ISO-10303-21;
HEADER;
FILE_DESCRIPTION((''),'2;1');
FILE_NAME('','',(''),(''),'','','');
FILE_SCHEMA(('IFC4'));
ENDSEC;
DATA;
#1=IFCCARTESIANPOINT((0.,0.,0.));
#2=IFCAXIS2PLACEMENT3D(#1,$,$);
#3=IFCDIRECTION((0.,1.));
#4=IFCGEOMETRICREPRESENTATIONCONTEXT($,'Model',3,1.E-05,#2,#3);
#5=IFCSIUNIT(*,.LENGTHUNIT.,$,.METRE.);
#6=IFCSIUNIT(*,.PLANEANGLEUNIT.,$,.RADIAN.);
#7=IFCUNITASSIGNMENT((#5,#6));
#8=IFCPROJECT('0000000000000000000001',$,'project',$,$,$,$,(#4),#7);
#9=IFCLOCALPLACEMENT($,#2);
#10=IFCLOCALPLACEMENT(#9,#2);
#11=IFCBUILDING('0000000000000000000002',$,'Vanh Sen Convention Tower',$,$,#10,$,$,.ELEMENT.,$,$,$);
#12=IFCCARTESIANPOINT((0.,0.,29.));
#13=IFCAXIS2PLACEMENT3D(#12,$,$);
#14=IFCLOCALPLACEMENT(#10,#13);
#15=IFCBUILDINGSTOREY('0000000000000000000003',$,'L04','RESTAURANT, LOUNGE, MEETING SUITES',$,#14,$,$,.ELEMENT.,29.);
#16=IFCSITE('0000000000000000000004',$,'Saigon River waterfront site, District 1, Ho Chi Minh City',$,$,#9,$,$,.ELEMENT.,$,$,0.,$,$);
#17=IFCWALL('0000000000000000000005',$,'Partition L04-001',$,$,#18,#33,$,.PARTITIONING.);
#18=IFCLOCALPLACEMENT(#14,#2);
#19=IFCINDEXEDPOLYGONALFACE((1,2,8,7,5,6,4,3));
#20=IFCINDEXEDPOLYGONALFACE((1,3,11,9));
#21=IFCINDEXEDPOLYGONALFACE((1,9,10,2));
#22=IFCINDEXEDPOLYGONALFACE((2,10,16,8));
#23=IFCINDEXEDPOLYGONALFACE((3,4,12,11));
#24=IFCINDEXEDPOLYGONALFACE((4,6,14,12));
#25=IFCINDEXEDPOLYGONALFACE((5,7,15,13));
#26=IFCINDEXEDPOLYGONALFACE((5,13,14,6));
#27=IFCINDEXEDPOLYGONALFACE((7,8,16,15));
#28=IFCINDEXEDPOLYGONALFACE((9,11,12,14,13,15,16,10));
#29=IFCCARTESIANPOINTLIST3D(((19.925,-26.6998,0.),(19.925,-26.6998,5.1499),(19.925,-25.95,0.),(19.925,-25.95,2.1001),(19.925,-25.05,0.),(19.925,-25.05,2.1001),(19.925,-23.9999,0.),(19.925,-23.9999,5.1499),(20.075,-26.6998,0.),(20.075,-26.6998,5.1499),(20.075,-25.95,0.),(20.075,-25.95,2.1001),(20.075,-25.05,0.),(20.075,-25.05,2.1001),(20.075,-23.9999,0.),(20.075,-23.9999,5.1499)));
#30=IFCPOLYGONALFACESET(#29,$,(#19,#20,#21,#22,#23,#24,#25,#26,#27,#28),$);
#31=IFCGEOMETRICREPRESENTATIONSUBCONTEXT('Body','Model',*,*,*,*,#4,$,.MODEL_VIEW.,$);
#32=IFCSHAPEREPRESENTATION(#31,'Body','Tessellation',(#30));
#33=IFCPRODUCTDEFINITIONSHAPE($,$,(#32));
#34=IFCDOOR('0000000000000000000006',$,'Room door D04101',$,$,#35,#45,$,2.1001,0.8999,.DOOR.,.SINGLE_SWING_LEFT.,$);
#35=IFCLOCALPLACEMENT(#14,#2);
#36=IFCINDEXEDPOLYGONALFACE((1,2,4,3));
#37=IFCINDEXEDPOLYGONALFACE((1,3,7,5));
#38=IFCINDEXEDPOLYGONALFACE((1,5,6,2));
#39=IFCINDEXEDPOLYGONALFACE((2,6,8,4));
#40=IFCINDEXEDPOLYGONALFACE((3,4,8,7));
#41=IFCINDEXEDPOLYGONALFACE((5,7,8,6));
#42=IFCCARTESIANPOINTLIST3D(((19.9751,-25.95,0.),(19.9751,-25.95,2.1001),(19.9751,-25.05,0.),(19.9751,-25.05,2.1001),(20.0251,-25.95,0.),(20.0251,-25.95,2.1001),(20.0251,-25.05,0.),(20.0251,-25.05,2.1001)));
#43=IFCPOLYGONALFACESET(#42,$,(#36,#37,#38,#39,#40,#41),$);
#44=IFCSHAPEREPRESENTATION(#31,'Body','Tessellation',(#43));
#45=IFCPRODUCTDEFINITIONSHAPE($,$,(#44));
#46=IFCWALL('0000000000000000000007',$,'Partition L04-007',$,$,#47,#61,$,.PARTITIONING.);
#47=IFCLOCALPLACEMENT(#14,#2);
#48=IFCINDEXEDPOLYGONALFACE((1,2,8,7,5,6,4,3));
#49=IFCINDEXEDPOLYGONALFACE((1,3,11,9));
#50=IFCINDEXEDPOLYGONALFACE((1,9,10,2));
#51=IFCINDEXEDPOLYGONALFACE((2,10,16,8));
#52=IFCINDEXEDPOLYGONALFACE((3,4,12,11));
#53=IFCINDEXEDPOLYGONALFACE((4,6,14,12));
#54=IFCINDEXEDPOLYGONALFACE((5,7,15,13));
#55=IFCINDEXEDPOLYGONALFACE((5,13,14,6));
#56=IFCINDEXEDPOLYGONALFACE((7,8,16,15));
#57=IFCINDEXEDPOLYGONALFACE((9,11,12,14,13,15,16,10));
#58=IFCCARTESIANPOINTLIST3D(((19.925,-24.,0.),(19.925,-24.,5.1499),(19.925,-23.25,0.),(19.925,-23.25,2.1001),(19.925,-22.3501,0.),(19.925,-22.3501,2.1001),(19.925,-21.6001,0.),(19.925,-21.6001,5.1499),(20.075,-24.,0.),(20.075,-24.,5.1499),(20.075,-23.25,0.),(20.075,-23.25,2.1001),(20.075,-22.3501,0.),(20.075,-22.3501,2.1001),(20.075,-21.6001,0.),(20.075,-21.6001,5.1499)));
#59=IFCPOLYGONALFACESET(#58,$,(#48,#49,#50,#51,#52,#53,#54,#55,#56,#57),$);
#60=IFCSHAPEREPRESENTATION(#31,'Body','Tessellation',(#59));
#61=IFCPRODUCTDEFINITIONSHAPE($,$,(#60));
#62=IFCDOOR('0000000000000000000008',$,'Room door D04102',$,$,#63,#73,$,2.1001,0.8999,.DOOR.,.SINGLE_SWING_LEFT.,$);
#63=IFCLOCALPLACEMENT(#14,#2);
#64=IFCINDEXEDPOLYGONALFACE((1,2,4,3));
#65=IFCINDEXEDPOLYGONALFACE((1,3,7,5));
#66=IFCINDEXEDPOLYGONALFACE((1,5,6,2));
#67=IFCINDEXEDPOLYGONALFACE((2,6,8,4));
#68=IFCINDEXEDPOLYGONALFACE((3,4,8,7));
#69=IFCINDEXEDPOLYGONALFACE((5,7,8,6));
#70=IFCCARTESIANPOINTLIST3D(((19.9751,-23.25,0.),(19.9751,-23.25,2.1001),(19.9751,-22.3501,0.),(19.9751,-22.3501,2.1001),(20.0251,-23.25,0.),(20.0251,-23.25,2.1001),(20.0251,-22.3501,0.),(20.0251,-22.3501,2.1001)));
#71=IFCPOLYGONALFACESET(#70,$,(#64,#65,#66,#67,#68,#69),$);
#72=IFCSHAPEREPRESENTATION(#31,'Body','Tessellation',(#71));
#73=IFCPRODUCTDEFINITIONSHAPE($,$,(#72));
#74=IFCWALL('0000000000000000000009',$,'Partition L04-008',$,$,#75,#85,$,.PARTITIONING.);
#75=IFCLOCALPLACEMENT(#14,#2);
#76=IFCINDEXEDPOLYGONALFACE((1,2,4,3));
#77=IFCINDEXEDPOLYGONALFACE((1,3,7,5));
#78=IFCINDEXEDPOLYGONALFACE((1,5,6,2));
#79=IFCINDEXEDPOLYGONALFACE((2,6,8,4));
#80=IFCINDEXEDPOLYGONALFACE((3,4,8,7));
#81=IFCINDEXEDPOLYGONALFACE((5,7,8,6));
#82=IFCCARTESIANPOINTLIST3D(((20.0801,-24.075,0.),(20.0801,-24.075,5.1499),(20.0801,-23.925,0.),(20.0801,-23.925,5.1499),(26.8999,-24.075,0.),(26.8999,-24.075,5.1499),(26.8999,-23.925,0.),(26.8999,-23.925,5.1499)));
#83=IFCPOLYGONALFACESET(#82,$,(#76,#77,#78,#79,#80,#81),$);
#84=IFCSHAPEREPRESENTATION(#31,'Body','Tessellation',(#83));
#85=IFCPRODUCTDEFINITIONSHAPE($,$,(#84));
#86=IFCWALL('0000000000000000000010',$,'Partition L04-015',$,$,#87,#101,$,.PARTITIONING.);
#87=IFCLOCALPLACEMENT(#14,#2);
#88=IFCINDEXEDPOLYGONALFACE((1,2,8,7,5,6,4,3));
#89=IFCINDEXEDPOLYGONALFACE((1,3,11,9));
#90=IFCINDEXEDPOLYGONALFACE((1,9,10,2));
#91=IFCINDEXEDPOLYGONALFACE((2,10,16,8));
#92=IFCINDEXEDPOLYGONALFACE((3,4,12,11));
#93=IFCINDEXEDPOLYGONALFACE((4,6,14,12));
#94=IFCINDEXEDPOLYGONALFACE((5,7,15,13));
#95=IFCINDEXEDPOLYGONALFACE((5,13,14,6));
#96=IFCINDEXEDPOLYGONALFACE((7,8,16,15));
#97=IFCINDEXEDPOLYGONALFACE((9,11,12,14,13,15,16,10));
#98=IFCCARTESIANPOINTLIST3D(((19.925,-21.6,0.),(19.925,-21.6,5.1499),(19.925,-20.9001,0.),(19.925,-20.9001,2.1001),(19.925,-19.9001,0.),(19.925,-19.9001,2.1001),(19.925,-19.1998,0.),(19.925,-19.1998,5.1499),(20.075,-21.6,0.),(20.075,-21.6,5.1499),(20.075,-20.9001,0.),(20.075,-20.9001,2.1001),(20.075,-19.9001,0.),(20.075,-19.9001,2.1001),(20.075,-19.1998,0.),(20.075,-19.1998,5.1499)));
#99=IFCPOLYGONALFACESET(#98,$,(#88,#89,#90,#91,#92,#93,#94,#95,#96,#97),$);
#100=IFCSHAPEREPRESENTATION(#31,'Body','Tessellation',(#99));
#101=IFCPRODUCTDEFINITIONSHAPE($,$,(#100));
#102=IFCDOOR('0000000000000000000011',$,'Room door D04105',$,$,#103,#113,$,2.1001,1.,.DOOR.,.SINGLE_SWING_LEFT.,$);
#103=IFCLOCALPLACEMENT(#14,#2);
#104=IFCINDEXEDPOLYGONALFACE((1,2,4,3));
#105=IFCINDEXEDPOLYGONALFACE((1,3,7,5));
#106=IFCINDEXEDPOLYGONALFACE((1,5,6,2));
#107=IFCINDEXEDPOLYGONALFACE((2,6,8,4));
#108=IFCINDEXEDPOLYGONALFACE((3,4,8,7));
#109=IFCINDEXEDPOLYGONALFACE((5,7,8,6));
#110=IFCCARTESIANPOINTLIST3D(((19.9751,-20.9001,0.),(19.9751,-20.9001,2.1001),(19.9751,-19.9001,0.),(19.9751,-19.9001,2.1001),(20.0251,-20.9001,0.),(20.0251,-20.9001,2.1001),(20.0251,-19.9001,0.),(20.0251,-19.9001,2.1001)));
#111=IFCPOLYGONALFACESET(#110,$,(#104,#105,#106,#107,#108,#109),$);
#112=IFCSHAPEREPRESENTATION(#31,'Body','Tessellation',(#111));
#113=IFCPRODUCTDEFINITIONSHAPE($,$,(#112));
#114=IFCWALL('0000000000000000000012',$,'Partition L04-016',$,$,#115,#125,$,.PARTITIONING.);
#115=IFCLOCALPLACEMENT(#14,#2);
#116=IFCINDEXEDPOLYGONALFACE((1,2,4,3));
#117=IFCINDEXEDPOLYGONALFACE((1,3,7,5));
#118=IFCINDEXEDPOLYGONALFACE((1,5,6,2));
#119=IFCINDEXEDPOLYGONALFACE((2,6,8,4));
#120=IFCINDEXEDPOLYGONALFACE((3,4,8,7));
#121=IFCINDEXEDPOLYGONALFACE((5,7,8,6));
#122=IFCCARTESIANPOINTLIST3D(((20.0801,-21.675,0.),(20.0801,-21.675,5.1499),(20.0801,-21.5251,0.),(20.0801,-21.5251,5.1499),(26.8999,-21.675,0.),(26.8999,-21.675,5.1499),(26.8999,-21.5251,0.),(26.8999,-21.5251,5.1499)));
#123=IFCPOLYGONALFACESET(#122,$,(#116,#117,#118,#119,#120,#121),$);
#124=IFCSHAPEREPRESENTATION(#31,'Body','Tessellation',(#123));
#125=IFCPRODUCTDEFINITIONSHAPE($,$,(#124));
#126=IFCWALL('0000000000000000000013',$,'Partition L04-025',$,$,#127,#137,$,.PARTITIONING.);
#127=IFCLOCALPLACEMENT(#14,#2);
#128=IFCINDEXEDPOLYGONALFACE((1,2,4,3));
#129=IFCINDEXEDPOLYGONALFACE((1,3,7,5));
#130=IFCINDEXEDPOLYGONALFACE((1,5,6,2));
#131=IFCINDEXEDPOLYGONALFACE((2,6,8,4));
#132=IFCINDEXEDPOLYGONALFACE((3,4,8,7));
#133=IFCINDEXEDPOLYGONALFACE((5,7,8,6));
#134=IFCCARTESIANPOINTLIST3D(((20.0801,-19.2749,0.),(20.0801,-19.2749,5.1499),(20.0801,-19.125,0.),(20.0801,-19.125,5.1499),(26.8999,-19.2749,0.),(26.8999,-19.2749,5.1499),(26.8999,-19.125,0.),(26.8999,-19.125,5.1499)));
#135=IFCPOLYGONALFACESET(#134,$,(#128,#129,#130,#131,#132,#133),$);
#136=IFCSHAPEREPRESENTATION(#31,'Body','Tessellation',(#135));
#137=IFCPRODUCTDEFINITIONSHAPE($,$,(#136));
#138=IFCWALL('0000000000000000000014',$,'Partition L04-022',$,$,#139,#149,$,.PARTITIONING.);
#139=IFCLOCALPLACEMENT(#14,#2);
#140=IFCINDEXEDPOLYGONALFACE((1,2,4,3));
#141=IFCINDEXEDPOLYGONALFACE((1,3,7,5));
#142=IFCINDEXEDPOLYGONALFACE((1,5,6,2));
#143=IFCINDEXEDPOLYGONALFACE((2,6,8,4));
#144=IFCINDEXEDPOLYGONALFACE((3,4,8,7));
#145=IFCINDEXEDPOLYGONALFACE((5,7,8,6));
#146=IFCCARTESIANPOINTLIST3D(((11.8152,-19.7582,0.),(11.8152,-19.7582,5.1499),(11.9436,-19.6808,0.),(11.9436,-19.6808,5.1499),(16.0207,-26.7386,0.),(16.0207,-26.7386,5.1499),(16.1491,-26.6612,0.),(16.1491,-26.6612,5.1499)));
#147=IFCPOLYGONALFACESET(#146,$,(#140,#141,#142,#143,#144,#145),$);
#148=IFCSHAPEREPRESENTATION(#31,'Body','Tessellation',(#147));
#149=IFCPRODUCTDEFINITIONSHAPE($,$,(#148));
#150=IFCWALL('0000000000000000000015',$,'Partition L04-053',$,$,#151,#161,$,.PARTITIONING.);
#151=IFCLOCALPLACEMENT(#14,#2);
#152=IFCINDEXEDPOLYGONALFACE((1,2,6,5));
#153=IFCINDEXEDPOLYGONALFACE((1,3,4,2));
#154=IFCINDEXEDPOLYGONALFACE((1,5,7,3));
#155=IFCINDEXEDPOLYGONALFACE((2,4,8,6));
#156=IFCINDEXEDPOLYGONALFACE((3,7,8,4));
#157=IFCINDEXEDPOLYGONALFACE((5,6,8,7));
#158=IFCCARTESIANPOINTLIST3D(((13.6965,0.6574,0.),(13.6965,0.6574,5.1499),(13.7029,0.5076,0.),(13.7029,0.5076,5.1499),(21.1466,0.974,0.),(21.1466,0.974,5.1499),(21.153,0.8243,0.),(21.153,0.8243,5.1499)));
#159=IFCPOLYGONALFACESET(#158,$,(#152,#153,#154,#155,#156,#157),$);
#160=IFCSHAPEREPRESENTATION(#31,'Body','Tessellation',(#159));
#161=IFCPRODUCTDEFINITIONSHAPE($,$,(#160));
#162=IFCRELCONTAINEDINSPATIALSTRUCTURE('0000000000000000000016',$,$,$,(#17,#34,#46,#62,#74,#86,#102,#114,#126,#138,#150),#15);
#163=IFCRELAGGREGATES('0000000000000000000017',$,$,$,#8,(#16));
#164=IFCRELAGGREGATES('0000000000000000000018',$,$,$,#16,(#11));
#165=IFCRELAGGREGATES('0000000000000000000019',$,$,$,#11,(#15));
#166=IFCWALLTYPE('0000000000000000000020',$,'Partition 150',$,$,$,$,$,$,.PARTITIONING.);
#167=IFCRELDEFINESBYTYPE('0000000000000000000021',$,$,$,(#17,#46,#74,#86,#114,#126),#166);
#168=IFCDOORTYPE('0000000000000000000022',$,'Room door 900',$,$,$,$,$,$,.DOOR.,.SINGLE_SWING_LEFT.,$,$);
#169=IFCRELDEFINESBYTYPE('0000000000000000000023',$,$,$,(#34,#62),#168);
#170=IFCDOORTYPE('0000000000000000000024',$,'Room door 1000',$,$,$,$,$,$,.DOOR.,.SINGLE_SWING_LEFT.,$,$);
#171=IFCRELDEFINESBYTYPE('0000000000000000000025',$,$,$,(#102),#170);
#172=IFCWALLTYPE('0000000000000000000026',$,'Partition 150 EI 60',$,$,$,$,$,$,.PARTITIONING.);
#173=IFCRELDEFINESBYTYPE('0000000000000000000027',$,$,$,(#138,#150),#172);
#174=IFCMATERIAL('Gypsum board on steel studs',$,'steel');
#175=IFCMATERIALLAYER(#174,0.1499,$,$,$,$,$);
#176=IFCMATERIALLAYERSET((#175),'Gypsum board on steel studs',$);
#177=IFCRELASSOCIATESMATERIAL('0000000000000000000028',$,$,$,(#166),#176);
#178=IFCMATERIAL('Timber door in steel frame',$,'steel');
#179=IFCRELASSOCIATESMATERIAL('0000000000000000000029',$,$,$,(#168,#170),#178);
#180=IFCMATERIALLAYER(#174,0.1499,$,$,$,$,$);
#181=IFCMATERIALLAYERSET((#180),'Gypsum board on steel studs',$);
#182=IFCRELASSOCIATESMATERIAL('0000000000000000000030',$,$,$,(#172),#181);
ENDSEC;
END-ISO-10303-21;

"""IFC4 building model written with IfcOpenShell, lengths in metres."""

from ifc_helpers import new_model, si_unit, direction, frame, frame_2d, origin, place, context, subcontext, project, spatial, rectangle, extrude, material, layer, layer_set, type_object, element, fill, save


model = new_model("IFC4")

# Units and contexts
model_context = context("Model", 3, precision=1e-05, world=origin(), true_north=direction((0.0, 1.0)))
body_context = subcontext(model_context, "Body", "Model", "MODEL_VIEW")
ifc_project = project(units=[si_unit("LENGTHUNIT", "METRE"), si_unit("PLANEANGLEUNIT", "RADIAN")], contexts=[model_context])

# Site, building, storey
site_placement = place(None, origin())
site = spatial("IfcSite", under=ifc_project, at=site_placement, Name="Saigon River waterfront site, District 1, Ho Chi Minh City", CompositionType="ELEMENT", RefElevation=0.0)
building_placement = place(site_placement, origin())
building = spatial("IfcBuilding", under=site, at=building_placement, Name="Vanh Sen Convention Tower", CompositionType="ELEMENT")
storey_placement = place(building_placement, frame((0.0, 0.0, 29.0)))
storey = spatial("IfcBuildingStorey", under=building, at=storey_placement, Name="L04", Description="RESTAURANT, LOUNGE, MEETING SUITES", CompositionType="ELEMENT", Elevation=29.0)

# Walls, openings, doors
ifc_material_1 = material(Name="Gypsum board on steel studs", Category="steel")
ifc_layer_1 = layer(ifc_material_1, 0.1499)
ifc_layer_set_1 = layer_set([ifc_layer_1], Name="Gypsum board on steel studs")
wall_type_1 = type_object("IfcWallType", Name="Partition 150", PredefinedType="PARTITIONING", material=ifc_layer_set_1)
wall_1_placement = place(storey_placement, frame((20.0, -26.7, 0.0), z_axis=(0.0, 0.0, 1.0), x_axis=(0.0, 1.0, 0.0)))
wall_1 = element("IfcWall", 1, at=wall_1_placement, inside=storey, type_object=wall_type_1, Name="Partition L04-001", PredefinedType="PARTITIONING", context=body_context, shape_type="SweptSolid", body=[
    extrude(rectangle(XDim=2.7, YDim=0.1499, at=frame_2d((1.3501, 0.0))), origin(), (0.0, 0.0, 1.0), 5.1499),
])
opening_1_placement = place(wall_1_placement, frame((0.75, 0.0, 0.0)))
opening_1 = element("IfcOpeningElement", 2, at=opening_1_placement, cuts=wall_1, PredefinedType="OPENING", context=body_context, shape_type="SweptSolid", body=[
    extrude(rectangle(XDim=0.8999, YDim=2.1001, at=frame_2d((0.45, 1.05))), frame((0.0, 0.085, 0.0), z_axis=(0.0, -1.0, 0.0), x_axis=(1.0, 0.0, 0.0)), (0.0, 0.0, 1.0), 0.1699),
])
ifc_material_2 = material(Name="Timber door in steel frame", Category="steel")
door_type_1 = type_object("IfcDoorType", Name="Room door 900", OperationType="SINGLE_SWING_LEFT", PredefinedType="DOOR", material=ifc_material_2)
door_1_placement = place(opening_1_placement, origin())
door_1 = element("IfcDoor", 3, at=door_1_placement, inside=storey, type_object=door_type_1, Name="Room door D04101", OperationType="SINGLE_SWING_LEFT", OverallHeight=2.1001, OverallWidth=0.8999, PredefinedType="DOOR", context=body_context, shape_type="SweptSolid", body=[
    extrude(rectangle(XDim=0.8999, YDim=2.1001, at=frame_2d((0.45, 1.05))), frame((0.0, 0.0249, 0.0), z_axis=(0.0, -1.0, 0.0), x_axis=(1.0, 0.0, 0.0)), (0.0, 0.0, 1.0), 0.05),
])
fill(opening_1, door_1)
wall_2_placement = place(storey_placement, frame((20.0, -24.0, 0.0), z_axis=(0.0, 0.0, 1.0), x_axis=(0.0, 1.0, 0.0)))
wall_2 = element("IfcWall", 4, at=wall_2_placement, inside=storey, type_object=wall_type_1, Name="Partition L04-007", PredefinedType="PARTITIONING", context=body_context, shape_type="SweptSolid", body=[
    extrude(rectangle(XDim=2.3999, YDim=0.1499, at=frame_2d((1.2, 0.0))), origin(), (0.0, 0.0, 1.0), 5.1499),
])
opening_2_placement = place(wall_2_placement, frame((0.75, 0.0, 0.0)))
opening_2 = element("IfcOpeningElement", 5, at=opening_2_placement, cuts=wall_2, PredefinedType="OPENING", context=body_context, shape_type="SweptSolid", body=[
    extrude(rectangle(XDim=0.8999, YDim=2.1001, at=frame_2d((0.45, 1.05))), frame((0.0, 0.085, 0.0), z_axis=(0.0, -1.0, 0.0), x_axis=(1.0, 0.0, 0.0)), (0.0, 0.0, 1.0), 0.1699),
])
door_2_placement = place(opening_2_placement, origin())
door_2 = element("IfcDoor", 6, at=door_2_placement, inside=storey, type_object=door_type_1, Name="Room door D04102", OperationType="SINGLE_SWING_LEFT", OverallHeight=2.1001, OverallWidth=0.8999, PredefinedType="DOOR", context=body_context, shape_type="SweptSolid", body=[
    extrude(rectangle(XDim=0.8999, YDim=2.1001, at=frame_2d((0.45, 1.05))), frame((0.0, 0.0249, 0.0), z_axis=(0.0, -1.0, 0.0), x_axis=(1.0, 0.0, 0.0)), (0.0, 0.0, 1.0), 0.05),
])
fill(opening_2, door_2)

# Wall
wall_3_placement = place(storey_placement, frame((20.0801, -24.0, 0.0), z_axis=(0.0, 0.0, 1.0), x_axis=(1.0, 0.0, 0.0)))
element("IfcWall", 7, at=wall_3_placement, inside=storey, type_object=wall_type_1, Name="Partition L04-008", PredefinedType="PARTITIONING", context=body_context, shape_type="SweptSolid", body=[
    extrude(rectangle(XDim=6.8198, YDim=0.1499, at=frame_2d((3.4099, 0.0))), origin(), (0.0, 0.0, 1.0), 5.1499),
])

# Wall, opening, door
wall_4_placement = place(storey_placement, frame((20.0, -21.6001, 0.0), z_axis=(0.0, 0.0, 1.0), x_axis=(0.0, 1.0, 0.0)))
wall_4 = element("IfcWall", 8, at=wall_4_placement, inside=storey, type_object=wall_type_1, Name="Partition L04-015", PredefinedType="PARTITIONING", context=body_context, shape_type="SweptSolid", body=[
    extrude(rectangle(XDim=2.4001, YDim=0.1499, at=frame_2d((1.2002, 0.0))), origin(), (0.0, 0.0, 1.0), 5.1499),
])
opening_3_placement = place(wall_4_placement, frame((0.7, 0.0, 0.0)))
opening_3 = element("IfcOpeningElement", 9, at=opening_3_placement, cuts=wall_4, PredefinedType="OPENING", context=body_context, shape_type="SweptSolid", body=[
    extrude(rectangle(XDim=1.0, YDim=2.1001, at=frame_2d((0.5, 1.05))), frame((0.0, 0.085, 0.0), z_axis=(0.0, -1.0, 0.0), x_axis=(1.0, 0.0, 0.0)), (0.0, 0.0, 1.0), 0.1699),
])
door_type_2 = type_object("IfcDoorType", Name="Room door 1000", OperationType="SINGLE_SWING_LEFT", PredefinedType="DOOR", material=ifc_material_2)
door_3_placement = place(opening_3_placement, origin())
door_3 = element("IfcDoor", 10, at=door_3_placement, inside=storey, type_object=door_type_2, Name="Room door D04105", OperationType="SINGLE_SWING_LEFT", OverallHeight=2.1001, OverallWidth=1.0, PredefinedType="DOOR", context=body_context, shape_type="SweptSolid", body=[
    extrude(rectangle(XDim=1.0, YDim=2.1001, at=frame_2d((0.5, 1.05))), frame((0.0, 0.0249, 0.0), z_axis=(0.0, -1.0, 0.0), x_axis=(1.0, 0.0, 0.0)), (0.0, 0.0, 1.0), 0.05),
])
fill(opening_3, door_3)

# Walls
for number, where, z_axis, x_axis, name in (
    (11, (20.0801, -21.6001, 0.0), (0.0, 0.0, 1.0), (1.0, 0.0, 0.0), "Partition L04-016"),
    (12, (20.0801, -19.2, 0.0), (0.0, 0.0, 1.0), (1.0, 0.0, 0.0), "Partition L04-025"),
):
    element("IfcWall", number, at=place(storey_placement, frame(where, z_axis=z_axis, x_axis=x_axis)), inside=storey, type_object=wall_type_1, Name=name, PredefinedType="PARTITIONING", context=body_context, shape_type="SweptSolid", body=[
        extrude(rectangle(XDim=6.8198, YDim=0.1499, at=frame_2d((3.4099, 0.0))), origin(), (0.0, 0.0, 1.0), 5.1499),
    ])
ifc_layer_2 = layer(ifc_material_1, 0.1499)
ifc_layer_set_2 = layer_set([ifc_layer_2], Name="Gypsum board on steel studs")
wall_type_2 = type_object("IfcWallType", Name="Partition 150 EI 60", PredefinedType="PARTITIONING", material=ifc_layer_set_2)
wall_5_placement = place(storey_placement, frame((11.8794, -19.7195, 0.0), z_axis=(0.0, 0.0, 1.0), x_axis=(0.516054, -0.856556, 0.0)))
element("IfcWall", 13, at=wall_5_placement, inside=storey, type_object=wall_type_2, Name="Partition L04-022", PredefinedType="PARTITIONING", context=body_context, shape_type="SweptSolid", body=[
    extrude(rectangle(XDim=8.1494, YDim=0.1499, at=frame_2d((4.0747, 0.0))), origin(), (0.0, 0.0, 1.0), 5.1499),
])
wall_6_placement = place(storey_placement, frame((21.1499, 0.8992, 0.0), z_axis=(0.0, 0.0, 1.0), x_axis=(-0.999098, -0.042465, 0.0)))
element("IfcWall", 14, at=wall_6_placement, inside=storey, type_object=wall_type_2, Name="Partition L04-053", PredefinedType="PARTITIONING", context=body_context, shape_type="SweptSolid", body=[
    extrude(rectangle(XDim=7.4568, YDim=0.1499, at=frame_2d((3.7285, 0.0))), origin(), (0.0, 0.0, 1.0), 5.1499),
])

save(model, "model.ifc")
